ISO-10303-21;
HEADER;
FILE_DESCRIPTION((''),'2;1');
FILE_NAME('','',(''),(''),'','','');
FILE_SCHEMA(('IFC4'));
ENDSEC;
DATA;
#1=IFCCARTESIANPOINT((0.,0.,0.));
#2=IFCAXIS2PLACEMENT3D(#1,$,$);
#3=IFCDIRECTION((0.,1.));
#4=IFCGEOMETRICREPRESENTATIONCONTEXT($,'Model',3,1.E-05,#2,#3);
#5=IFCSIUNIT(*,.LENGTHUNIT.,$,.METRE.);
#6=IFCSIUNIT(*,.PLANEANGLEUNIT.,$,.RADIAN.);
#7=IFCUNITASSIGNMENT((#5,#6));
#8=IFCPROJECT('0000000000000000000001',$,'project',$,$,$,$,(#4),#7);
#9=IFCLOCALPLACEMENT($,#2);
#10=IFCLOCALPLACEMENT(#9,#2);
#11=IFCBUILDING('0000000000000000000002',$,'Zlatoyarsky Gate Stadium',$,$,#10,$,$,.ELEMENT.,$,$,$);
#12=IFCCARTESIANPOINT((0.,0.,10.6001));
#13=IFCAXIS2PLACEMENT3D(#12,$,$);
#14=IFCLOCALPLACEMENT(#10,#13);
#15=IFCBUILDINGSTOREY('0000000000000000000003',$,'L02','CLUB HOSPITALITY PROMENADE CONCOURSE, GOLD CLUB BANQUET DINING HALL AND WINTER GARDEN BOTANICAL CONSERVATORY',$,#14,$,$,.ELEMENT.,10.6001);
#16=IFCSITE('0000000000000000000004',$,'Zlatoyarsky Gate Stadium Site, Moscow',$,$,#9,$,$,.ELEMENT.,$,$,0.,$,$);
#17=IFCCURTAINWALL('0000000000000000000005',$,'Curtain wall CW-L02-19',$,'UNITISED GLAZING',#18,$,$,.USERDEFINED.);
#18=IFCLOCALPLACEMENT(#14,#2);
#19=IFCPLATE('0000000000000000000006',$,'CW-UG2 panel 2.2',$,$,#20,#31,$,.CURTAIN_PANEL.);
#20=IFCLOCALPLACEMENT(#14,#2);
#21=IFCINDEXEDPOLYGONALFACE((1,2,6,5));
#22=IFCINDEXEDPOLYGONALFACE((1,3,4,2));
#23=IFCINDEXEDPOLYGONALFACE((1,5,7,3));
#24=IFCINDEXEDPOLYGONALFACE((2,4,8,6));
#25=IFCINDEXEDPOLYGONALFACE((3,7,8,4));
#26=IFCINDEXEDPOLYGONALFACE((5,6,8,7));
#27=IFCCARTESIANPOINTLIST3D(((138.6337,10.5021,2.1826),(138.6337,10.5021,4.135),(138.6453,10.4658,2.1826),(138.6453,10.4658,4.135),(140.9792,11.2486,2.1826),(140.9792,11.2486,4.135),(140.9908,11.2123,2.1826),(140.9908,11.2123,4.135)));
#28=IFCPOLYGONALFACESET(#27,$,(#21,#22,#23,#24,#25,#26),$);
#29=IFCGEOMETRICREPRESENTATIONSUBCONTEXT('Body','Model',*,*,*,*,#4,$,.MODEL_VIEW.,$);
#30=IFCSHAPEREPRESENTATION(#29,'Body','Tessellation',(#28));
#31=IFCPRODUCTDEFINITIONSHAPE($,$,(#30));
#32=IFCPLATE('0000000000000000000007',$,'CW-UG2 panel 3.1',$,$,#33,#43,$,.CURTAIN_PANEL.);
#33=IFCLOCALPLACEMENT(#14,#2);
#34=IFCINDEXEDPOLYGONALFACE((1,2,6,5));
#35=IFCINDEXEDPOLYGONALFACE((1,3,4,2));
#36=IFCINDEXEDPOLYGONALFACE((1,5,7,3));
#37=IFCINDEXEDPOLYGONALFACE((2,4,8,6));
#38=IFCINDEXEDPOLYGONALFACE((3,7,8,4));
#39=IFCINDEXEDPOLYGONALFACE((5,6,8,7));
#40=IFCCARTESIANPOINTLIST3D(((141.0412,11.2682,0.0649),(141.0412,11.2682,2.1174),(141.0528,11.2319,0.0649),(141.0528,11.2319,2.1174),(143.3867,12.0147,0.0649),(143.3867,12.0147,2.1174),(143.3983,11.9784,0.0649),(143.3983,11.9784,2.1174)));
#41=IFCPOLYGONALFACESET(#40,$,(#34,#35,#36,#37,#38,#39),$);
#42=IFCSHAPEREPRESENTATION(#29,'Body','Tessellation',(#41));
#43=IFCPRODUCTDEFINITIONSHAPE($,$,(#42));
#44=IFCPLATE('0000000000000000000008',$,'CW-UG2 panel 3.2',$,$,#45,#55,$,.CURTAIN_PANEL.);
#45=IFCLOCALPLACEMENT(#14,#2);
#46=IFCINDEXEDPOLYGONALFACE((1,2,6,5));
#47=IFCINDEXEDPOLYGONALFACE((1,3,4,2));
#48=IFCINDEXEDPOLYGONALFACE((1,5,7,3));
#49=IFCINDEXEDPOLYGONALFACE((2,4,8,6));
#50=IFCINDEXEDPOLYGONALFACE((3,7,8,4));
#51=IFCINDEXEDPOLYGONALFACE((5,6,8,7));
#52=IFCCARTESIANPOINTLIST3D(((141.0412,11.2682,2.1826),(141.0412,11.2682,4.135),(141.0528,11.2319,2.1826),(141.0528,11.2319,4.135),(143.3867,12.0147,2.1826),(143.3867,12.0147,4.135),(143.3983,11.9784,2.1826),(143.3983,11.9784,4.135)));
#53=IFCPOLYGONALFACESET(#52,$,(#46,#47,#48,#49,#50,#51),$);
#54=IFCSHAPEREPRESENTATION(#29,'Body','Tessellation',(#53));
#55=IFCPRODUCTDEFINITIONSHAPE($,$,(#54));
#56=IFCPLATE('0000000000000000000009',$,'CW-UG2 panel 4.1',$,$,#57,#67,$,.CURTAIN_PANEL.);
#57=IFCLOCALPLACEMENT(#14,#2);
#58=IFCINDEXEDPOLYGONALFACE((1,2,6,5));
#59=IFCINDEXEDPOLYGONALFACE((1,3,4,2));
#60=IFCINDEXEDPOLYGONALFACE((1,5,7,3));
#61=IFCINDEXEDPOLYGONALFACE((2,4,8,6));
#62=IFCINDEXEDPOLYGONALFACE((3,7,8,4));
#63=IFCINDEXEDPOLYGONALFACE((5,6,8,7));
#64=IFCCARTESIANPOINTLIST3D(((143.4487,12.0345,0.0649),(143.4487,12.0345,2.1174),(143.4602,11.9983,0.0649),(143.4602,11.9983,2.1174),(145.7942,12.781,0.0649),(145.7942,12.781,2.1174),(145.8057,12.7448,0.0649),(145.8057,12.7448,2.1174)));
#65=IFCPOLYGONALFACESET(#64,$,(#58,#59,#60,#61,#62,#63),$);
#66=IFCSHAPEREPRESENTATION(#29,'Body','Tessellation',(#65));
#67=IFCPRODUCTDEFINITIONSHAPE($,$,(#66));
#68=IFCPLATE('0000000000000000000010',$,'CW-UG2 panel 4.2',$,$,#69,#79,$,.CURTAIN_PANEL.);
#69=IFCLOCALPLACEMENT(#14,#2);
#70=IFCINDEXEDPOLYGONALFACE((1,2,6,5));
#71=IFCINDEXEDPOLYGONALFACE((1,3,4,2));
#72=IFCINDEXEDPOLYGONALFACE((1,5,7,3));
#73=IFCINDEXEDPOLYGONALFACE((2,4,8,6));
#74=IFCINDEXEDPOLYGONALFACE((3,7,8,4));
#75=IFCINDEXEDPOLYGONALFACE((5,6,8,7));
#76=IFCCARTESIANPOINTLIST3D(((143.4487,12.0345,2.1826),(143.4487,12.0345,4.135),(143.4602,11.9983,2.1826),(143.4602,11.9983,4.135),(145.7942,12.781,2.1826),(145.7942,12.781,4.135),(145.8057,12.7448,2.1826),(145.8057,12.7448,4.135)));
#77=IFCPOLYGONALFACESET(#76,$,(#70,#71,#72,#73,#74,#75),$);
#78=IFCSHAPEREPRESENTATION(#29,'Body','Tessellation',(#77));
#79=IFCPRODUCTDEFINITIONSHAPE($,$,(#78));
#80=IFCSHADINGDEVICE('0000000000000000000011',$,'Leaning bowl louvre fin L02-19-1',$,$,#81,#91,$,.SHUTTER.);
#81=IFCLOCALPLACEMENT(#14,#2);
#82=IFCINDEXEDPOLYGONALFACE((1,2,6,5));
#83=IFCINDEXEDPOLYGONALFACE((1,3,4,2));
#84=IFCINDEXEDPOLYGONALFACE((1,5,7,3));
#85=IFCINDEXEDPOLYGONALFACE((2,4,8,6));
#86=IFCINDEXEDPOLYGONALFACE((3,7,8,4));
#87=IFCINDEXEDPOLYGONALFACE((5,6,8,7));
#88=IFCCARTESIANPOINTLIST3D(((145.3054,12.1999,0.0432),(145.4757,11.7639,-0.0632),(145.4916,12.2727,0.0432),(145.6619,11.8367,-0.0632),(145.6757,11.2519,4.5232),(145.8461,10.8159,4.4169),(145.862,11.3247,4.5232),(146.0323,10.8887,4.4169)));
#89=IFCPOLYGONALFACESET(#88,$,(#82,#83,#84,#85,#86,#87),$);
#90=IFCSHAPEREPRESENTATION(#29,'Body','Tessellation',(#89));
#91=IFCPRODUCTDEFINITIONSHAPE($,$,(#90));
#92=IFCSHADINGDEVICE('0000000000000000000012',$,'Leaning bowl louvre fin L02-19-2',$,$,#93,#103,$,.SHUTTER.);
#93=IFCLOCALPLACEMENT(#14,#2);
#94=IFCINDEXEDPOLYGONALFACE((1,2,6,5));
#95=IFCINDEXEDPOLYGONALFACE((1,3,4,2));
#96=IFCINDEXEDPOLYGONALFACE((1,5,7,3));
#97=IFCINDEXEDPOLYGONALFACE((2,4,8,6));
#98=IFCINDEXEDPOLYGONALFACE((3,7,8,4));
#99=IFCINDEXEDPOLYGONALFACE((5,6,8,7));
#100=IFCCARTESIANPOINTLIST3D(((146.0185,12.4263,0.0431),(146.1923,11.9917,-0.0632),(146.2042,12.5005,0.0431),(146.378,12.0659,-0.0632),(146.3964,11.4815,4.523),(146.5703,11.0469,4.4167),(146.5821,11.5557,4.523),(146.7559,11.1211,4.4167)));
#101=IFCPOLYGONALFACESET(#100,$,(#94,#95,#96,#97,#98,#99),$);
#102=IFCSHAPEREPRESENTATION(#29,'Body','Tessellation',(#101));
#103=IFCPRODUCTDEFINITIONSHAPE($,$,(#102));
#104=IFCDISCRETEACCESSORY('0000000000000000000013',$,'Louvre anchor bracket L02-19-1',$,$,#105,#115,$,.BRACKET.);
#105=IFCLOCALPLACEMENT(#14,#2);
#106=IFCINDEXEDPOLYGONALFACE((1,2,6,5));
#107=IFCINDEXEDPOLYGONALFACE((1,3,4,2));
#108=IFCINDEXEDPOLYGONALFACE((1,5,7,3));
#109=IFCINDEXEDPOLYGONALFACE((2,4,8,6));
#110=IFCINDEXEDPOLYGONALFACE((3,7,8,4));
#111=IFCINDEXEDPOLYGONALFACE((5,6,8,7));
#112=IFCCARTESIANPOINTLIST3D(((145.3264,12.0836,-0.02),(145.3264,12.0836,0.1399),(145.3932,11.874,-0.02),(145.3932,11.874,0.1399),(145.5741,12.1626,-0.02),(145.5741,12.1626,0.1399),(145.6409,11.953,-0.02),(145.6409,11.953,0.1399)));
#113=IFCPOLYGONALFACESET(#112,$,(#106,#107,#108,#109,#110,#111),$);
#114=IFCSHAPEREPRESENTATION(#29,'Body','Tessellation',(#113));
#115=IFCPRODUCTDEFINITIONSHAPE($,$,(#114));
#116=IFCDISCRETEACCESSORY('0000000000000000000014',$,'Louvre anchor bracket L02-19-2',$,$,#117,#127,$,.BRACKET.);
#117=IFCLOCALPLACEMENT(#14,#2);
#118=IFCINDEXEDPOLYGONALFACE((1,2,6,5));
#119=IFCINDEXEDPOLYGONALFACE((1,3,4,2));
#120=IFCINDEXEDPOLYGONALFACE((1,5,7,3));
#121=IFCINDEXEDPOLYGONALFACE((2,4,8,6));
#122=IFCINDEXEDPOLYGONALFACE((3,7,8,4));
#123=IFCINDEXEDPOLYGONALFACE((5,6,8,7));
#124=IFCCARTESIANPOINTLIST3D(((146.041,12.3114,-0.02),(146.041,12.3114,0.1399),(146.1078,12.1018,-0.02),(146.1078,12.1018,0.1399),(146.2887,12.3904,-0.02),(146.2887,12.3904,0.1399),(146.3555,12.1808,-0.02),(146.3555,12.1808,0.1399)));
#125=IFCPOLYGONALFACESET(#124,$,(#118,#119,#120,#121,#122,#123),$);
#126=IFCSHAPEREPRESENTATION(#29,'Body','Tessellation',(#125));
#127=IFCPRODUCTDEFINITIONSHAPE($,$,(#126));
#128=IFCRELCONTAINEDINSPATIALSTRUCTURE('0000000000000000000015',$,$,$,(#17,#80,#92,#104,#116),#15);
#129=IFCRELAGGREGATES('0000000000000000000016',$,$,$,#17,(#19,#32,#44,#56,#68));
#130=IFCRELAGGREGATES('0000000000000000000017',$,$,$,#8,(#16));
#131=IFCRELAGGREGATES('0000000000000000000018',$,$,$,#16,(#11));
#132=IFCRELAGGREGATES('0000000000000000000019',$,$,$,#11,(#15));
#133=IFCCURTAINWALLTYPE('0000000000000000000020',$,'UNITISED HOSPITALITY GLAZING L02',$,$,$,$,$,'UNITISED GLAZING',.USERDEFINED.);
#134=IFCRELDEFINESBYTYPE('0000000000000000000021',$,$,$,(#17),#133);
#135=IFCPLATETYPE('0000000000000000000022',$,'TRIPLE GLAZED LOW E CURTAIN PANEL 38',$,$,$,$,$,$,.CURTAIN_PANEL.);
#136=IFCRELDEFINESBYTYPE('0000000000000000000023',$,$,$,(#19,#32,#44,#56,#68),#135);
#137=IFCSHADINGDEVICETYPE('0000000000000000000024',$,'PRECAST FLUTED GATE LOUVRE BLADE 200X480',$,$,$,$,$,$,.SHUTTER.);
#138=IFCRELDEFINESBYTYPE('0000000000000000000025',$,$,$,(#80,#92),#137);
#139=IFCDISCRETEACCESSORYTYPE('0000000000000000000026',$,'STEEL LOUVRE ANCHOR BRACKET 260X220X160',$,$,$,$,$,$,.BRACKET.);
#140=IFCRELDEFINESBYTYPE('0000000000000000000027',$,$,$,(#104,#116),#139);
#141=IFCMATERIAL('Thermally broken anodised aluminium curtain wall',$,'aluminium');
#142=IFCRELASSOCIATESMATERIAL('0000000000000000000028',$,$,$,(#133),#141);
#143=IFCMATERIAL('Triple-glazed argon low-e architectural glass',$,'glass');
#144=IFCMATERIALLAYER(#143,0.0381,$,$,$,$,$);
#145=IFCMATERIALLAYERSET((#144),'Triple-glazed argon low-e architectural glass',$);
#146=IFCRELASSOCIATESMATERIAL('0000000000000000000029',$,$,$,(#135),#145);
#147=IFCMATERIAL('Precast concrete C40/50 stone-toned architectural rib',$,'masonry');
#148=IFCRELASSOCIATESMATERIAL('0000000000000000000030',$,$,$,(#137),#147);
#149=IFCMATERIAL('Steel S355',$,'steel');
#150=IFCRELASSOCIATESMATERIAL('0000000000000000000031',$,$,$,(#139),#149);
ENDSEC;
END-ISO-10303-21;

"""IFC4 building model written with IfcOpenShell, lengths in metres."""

from ifc_helpers import new_model, si_unit, direction, frame, origin, origin_2d, place, context, subcontext, project, spatial, rectangle, extrude, material, layer, layer_set, material_profile, profile_set, type_object, element, aggregate, save


model = new_model("IFC4")

# Units and contexts
model_context = context("Model", 3, precision=1e-05, world=origin(), true_north=direction((0.0, 1.0)))
body_context = subcontext(model_context, "Body", "Model", "MODEL_VIEW")
ifc_project = project(units=[si_unit("LENGTHUNIT", "METRE"), si_unit("PLANEANGLEUNIT", "RADIAN")], contexts=[model_context])

# Site, building, storey
site_placement = place(None, origin())
site = spatial("IfcSite", under=ifc_project, at=site_placement, Name="Zlatoyarsky Gate Stadium Site, Moscow", CompositionType="ELEMENT", RefElevation=0.0)
building_placement = place(site_placement, origin())
building = spatial("IfcBuilding", under=site, at=building_placement, Name="Zlatoyarsky Gate Stadium", CompositionType="ELEMENT")
storey_placement = place(building_placement, frame((0.0, 0.0, 10.6001)))
storey = spatial("IfcBuildingStorey", under=building, at=storey_placement, Name="L02", Description="CLUB HOSPITALITY PROMENADE CONCOURSE, GOLD CLUB BANQUET DINING HALL AND WINTER GARDEN BOTANICAL CONSERVATORY", CompositionType="ELEMENT", Elevation=10.6001)

# Shared definitions
ifc_material_1 = material(Name="Steel S355", Category="steel")

# Curtain wall
ifc_material_2 = material(Name="Thermally broken anodised aluminium curtain wall", Category="aluminium")
curtain_wall_type = type_object("IfcCurtainWallType", Name="UNITISED HOSPITALITY GLAZING L02", ElementType="UNITISED GLAZING", PredefinedType="USERDEFINED", material=ifc_material_2)
curtain_wall_placement = place(storey_placement, origin())
curtain_wall = element("IfcCurtainWall", 1, at=curtain_wall_placement, inside=storey, type_object=curtain_wall_type, Name="Curtain wall CW-L02-19", ObjectType="UNITISED GLAZING", PredefinedType="USERDEFINED")

# Plates
ifc_material_3 = material(Name="Triple-glazed argon low-e architectural glass", Category="glass")
ifc_layer = layer(ifc_material_3, 0.0381)
ifc_layer_set = layer_set([ifc_layer], Name="Triple-glazed argon low-e architectural glass")
plate_type = type_object("IfcPlateType", Name="TRIPLE GLAZED LOW E CURTAIN PANEL 38", PredefinedType="CURTAIN_PANEL", material=ifc_layer_set)
plate_1_placement = place(storey_placement, frame((139.8123, 10.8572, 2.1826), z_axis=(0.0, 0.0, 1.0), x_axis=(0.952902, 0.303278, 0.0)))
plate_1 = element("IfcPlate", 2, at=plate_1_placement, type_object=plate_type, Name="CW-UG2 panel 2.2", PredefinedType="CURTAIN_PANEL", context=body_context, shape_type="SweptSolid", body=[
    extrude(rectangle(XDim=2.4614, YDim=0.0381, at=origin_2d()), origin(), (0.0, 0.0, 1.0), 1.9524),
])
plate_2_placement = place(storey_placement, frame((142.2197, 11.6233, 0.0649), z_axis=(0.0, 0.0, 1.0), x_axis=(0.952902, 0.303278, 0.0)))
plate_2 = element("IfcPlate", 3, at=plate_2_placement, type_object=plate_type, Name="CW-UG2 panel 3.1", PredefinedType="CURTAIN_PANEL", context=body_context, shape_type="SweptSolid", body=[
    extrude(rectangle(XDim=2.4614, YDim=0.0381, at=origin_2d()), origin(), (0.0, 0.0, 1.0), 2.0525),
])
plate_3_placement = place(storey_placement, frame((142.2197, 11.6233, 2.1826), z_axis=(0.0, 0.0, 1.0), x_axis=(0.952902, 0.303278, 0.0)))
plate_3 = element("IfcPlate", 4, at=plate_3_placement, type_object=plate_type, Name="CW-UG2 panel 3.2", PredefinedType="CURTAIN_PANEL", context=body_context, shape_type="SweptSolid", body=[
    extrude(rectangle(XDim=2.4614, YDim=0.0381, at=origin_2d()), origin(), (0.0, 0.0, 1.0), 1.9524),
])
plate_4_placement = place(storey_placement, frame((144.6272, 12.3896, 0.0649), z_axis=(0.0, 0.0, 1.0), x_axis=(0.952902, 0.303278, 0.0)))
plate_4 = element("IfcPlate", 5, at=plate_4_placement, type_object=plate_type, Name="CW-UG2 panel 4.1", PredefinedType="CURTAIN_PANEL", context=body_context, shape_type="SweptSolid", body=[
    extrude(rectangle(XDim=2.4614, YDim=0.0381, at=origin_2d()), origin(), (0.0, 0.0, 1.0), 2.0525),
])
plate_5_placement = place(storey_placement, frame((144.6272, 12.3896, 2.1826), z_axis=(0.0, 0.0, 1.0), x_axis=(0.952902, 0.303278, 0.0)))
plate_5 = element("IfcPlate", 6, at=plate_5_placement, type_object=plate_type, Name="CW-UG2 panel 4.2", PredefinedType="CURTAIN_PANEL", context=body_context, shape_type="SweptSolid", body=[
    extrude(rectangle(XDim=2.4614, YDim=0.0381, at=origin_2d()), origin(), (0.0, 0.0, 1.0), 1.9524),
])
aggregate(curtain_wall, [plate_1, plate_2, plate_3, plate_4, plate_5])

# Shading devices
ifc_material_4 = material(Name="Precast concrete C40/50 stone-toned architectural rib", Category="masonry")
ifc_material_profile_1 = material_profile(ifc_material_4, rectangle(XDim=0.2, YDim=0.48, at=origin_2d()), Name="RIB 200X480")
ifc_profile_set_1 = profile_set([ifc_material_profile_1], Name="Precast concrete C40/50 stone-toned architectural rib")
shading_device_type = type_object("IfcShadingDeviceType", Name="PRECAST FLUTED GATE LOUVRE BLADE 200X480", PredefinedType="SHUTTER", material=ifc_profile_set_1)
shading_device_1_placement = place(storey_placement, frame((145.4836, 12.0183, -0.01), z_axis=(0.080616, -0.20635, 0.975152), x_axis=(0.931441, 0.363893, 0.0)))
element("IfcShadingDevice", 7, at=shading_device_1_placement, inside=storey, type_object=shading_device_type, Name="Leaning bowl louvre fin L02-19-1", PredefinedType="SHUTTER", context=body_context, shape_type="SweptSolid", body=[
    extrude(rectangle(XDim=0.2, YDim=0.48, at=origin_2d()), origin(), (0.0, 0.0, 1.0), 4.5942),
])
shading_device_2_placement = place(storey_placement, frame((146.1982, 12.2461, -0.01), z_axis=(0.082264, -0.20566, 0.97516), x_axis=(0.928477, 0.371391, 0.0)))
element("IfcShadingDevice", 8, at=shading_device_2_placement, inside=storey, type_object=shading_device_type, Name="Leaning bowl louvre fin L02-19-2", PredefinedType="SHUTTER", context=body_context, shape_type="SweptSolid", body=[
    extrude(rectangle(XDim=0.2, YDim=0.48, at=origin_2d()), origin(), (0.0, 0.0, 1.0), 4.594),
])

# Discrete accessories
discrete_accessory_type = type_object("IfcDiscreteAccessoryType", Name="STEEL LOUVRE ANCHOR BRACKET 260X220X160", PredefinedType="BRACKET", material=ifc_material_1)
for number, where, z_axis, x_axis, name in (
    (9, (145.4836, 12.0183, -0.02), (0.0, 0.0, 1.0), (0.952731, 0.303815, 0.0), "Louvre anchor bracket L02-19-1"),
    (10, (146.1982, 12.2461, -0.02), (0.0, 0.0, 1.0), (0.952731, 0.303815, 0.0), "Louvre anchor bracket L02-19-2"),
):
    element("IfcDiscreteAccessory", number, at=place(storey_placement, frame(where, z_axis=z_axis, x_axis=x_axis)), inside=storey, type_object=discrete_accessory_type, Name=name, PredefinedType="BRACKET", context=body_context, shape_type="SweptSolid", body=[
        extrude(rectangle(XDim=0.26, YDim=0.22, at=origin_2d()), origin(), (0.0, 0.0, 1.0), 0.1599),
    ])

save(model, "model.ifc")
